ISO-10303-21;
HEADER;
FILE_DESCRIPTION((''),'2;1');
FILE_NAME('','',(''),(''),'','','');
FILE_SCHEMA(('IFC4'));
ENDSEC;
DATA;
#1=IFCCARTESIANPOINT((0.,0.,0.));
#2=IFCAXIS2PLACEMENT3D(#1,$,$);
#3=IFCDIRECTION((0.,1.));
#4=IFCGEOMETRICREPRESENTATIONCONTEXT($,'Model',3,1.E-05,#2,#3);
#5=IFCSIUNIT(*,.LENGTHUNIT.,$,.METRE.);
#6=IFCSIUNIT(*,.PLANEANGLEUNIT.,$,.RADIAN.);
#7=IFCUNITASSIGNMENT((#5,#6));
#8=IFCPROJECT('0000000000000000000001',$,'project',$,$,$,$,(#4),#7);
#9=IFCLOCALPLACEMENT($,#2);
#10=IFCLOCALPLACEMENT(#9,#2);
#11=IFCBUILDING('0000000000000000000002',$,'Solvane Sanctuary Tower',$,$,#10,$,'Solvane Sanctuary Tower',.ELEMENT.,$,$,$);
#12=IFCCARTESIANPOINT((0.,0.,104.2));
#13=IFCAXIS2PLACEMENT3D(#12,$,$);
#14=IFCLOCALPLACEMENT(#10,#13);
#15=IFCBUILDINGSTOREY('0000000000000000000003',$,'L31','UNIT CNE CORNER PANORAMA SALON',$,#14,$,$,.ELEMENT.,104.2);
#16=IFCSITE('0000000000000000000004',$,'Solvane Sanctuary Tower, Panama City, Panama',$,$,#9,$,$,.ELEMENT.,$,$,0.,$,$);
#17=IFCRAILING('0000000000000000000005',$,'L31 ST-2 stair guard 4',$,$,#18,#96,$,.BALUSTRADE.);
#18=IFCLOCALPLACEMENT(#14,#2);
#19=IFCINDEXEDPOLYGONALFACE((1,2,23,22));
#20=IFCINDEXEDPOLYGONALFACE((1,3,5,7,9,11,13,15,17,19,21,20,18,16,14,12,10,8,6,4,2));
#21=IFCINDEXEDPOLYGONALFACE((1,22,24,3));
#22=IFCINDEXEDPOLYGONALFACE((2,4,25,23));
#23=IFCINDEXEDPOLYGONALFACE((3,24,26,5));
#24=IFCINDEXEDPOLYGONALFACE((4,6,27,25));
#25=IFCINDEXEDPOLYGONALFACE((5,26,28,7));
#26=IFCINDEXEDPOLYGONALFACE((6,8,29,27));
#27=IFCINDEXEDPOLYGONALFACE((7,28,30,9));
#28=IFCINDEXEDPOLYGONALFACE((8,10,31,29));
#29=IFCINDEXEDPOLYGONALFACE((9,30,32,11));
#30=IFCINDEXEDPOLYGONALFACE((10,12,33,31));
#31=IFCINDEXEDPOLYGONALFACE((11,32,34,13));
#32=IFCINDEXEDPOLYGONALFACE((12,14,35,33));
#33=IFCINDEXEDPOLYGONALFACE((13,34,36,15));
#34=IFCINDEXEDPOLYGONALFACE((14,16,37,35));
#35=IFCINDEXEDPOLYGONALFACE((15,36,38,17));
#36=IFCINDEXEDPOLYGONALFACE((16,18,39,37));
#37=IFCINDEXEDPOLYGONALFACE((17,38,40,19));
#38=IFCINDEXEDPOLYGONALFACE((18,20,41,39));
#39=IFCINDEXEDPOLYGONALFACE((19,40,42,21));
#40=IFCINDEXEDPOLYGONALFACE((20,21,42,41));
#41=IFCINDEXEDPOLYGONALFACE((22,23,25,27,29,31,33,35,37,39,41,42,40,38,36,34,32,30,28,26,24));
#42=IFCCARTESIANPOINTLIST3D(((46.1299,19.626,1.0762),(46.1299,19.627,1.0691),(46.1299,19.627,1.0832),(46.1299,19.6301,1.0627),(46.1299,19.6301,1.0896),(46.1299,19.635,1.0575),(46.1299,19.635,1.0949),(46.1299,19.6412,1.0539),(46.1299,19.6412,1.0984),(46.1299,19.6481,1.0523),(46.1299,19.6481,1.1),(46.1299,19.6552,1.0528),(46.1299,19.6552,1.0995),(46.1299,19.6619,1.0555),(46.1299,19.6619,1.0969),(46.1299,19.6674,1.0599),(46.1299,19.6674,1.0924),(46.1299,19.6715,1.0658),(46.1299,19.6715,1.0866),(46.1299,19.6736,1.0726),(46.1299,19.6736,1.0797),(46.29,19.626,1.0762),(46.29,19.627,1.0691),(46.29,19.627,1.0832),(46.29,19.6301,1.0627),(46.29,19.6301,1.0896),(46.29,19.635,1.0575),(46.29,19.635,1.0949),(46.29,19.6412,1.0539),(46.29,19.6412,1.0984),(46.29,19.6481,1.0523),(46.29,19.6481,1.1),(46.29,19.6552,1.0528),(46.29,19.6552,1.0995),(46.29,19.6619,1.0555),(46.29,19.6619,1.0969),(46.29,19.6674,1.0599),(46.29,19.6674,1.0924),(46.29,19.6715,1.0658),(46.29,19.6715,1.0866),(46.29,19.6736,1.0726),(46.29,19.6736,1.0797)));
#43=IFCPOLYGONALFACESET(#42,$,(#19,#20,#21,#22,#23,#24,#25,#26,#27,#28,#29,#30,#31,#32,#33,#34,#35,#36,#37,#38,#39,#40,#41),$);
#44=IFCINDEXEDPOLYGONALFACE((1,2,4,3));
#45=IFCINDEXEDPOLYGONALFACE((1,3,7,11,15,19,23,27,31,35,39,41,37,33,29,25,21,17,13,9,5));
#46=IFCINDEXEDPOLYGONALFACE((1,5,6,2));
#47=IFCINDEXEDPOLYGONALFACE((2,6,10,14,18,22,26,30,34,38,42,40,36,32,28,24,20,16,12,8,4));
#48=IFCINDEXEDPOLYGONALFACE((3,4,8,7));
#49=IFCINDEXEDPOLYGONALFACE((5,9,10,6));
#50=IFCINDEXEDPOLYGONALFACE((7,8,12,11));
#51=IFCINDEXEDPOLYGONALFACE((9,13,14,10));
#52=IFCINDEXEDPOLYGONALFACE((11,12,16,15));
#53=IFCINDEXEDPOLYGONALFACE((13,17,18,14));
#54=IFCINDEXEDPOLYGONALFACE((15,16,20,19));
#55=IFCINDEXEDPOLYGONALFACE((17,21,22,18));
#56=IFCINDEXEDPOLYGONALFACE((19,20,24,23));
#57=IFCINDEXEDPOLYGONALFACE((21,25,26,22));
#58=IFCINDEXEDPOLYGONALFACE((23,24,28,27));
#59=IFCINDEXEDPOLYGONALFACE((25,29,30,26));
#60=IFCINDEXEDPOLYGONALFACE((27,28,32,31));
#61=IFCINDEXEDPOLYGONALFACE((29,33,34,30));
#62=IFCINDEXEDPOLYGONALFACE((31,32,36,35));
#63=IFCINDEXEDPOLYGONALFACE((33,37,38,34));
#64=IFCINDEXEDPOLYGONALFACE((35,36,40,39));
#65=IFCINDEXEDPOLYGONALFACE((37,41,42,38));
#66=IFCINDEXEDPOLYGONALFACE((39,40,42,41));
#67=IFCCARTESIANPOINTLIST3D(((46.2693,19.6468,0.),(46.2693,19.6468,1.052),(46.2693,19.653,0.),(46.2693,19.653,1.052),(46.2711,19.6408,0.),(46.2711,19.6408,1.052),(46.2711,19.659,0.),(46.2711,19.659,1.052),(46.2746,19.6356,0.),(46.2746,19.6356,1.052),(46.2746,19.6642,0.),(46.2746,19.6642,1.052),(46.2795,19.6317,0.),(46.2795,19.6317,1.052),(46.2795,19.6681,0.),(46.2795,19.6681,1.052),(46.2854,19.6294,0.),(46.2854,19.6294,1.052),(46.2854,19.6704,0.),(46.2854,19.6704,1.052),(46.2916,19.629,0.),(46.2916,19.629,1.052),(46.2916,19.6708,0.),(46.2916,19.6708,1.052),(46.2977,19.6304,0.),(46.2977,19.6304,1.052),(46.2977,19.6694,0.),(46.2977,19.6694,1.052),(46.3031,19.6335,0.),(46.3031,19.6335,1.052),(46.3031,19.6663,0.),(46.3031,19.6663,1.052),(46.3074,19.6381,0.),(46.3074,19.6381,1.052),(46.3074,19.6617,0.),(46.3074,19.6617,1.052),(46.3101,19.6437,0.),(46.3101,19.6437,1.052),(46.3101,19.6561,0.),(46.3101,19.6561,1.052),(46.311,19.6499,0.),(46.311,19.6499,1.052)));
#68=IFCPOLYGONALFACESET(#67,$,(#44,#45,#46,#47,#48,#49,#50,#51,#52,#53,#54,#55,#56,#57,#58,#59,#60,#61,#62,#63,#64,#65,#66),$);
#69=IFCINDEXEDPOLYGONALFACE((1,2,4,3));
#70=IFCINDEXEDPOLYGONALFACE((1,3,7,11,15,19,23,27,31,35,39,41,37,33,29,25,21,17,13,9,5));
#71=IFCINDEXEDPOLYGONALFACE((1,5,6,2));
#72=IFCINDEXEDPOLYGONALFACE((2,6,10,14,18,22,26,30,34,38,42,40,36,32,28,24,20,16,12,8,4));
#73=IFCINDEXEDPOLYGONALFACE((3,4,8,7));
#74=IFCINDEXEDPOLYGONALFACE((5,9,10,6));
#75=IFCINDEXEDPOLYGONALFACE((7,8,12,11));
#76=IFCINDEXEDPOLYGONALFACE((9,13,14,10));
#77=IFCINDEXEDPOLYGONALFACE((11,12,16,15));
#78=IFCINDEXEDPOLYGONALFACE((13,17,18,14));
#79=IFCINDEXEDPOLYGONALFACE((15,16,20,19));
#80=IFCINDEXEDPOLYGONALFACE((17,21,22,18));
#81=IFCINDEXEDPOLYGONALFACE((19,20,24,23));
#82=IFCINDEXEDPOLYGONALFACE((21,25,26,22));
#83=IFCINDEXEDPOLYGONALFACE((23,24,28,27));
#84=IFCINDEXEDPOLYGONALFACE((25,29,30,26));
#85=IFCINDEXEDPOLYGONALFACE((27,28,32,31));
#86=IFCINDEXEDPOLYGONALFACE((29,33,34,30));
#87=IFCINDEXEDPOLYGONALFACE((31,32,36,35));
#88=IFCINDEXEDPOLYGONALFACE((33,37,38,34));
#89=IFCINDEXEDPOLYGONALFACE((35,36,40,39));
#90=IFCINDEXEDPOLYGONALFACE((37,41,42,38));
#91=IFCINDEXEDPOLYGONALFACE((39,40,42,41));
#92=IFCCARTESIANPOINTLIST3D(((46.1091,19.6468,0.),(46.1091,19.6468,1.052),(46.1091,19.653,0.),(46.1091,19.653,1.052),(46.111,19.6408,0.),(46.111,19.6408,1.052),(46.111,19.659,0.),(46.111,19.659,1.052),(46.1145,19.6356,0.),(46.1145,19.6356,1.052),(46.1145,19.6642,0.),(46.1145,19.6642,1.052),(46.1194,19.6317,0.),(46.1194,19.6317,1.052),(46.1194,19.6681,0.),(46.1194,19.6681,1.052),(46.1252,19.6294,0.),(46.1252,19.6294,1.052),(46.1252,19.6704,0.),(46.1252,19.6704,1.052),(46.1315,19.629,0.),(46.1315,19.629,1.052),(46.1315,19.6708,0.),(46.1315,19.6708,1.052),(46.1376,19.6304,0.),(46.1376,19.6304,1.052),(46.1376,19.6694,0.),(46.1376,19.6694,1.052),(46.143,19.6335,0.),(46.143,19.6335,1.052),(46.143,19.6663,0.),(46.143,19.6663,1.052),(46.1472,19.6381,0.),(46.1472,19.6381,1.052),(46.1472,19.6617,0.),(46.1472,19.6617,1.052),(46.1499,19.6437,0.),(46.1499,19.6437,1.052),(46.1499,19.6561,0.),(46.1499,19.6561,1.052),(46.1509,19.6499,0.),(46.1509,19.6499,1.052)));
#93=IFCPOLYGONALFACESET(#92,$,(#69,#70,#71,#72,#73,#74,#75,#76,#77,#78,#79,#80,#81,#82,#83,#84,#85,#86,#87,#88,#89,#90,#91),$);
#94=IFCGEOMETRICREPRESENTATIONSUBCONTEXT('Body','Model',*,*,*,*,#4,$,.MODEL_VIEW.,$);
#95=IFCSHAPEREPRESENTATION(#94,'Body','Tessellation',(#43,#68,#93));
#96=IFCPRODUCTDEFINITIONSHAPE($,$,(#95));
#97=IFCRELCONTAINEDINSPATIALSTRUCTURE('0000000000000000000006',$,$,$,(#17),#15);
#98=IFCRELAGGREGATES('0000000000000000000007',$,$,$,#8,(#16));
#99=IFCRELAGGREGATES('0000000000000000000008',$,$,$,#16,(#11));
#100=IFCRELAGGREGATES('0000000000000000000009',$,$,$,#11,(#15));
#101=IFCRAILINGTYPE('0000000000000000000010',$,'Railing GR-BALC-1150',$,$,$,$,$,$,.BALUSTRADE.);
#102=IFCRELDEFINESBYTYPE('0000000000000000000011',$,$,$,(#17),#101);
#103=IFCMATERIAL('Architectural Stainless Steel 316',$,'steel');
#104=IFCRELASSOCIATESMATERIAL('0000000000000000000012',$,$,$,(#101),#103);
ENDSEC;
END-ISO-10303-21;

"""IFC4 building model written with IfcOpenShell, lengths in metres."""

from ifc_helpers import new_model, si_unit, direction, frame, origin, origin_2d, place, context, subcontext, project, spatial, circle, extrude, material, type_object, element, save


model = new_model("IFC4")

# Units and contexts
model_context = context("Model", 3, precision=1e-05, world=origin(), true_north=direction((0.0, 1.0)))
body_context = subcontext(model_context, "Body", "Model", "MODEL_VIEW")
ifc_project = project(units=[si_unit("LENGTHUNIT", "METRE"), si_unit("PLANEANGLEUNIT", "RADIAN")], contexts=[model_context])

# Site, building, storey
site_placement = place(None, origin())
site = spatial("IfcSite", under=ifc_project, at=site_placement, Name="Solvane Sanctuary Tower, Panama City, Panama", CompositionType="ELEMENT", RefElevation=0.0)
building_placement = place(site_placement, origin())
building = spatial("IfcBuilding", under=site, at=building_placement, Name="Solvane Sanctuary Tower", LongName="Solvane Sanctuary Tower", CompositionType="ELEMENT")
storey_placement = place(building_placement, frame((0.0, 0.0, 104.2)))
storey = spatial("IfcBuildingStorey", under=building, at=storey_placement, Name="L31", Description="UNIT CNE CORNER PANORAMA SALON", CompositionType="ELEMENT", Elevation=104.2)

# Railing
ifc_material_1 = material(Name="Architectural Stainless Steel 316", Category="steel")
railing_type_1 = type_object("IfcRailingType", Name="Railing GR-BALC-1150", PredefinedType="BALUSTRADE", material=ifc_material_1)
railing_1_placement = place(storey_placement, frame((46.29, 19.6499, 0.0)))
element("IfcRailing", 1, at=railing_1_placement, inside=storey, type_object=railing_type_1, Name="L31 ST-2 stair guard 4", PredefinedType="BALUSTRADE", context=body_context, shape_type="SweptSolid", body=[
    extrude(circle(Radius=0.0239, at=origin_2d()), frame((0.0, 0.0, 1.0762), z_axis=(-1.0, 0.0, 0.0), x_axis=(0.0, -1.0, 0.0)), (0.0, 0.0, 1.0), 0.1602),
    extrude(circle(Radius=0.021, at=origin_2d()), origin(), (0.0, 0.0, 1.0), 1.052),
    extrude(circle(Radius=0.021, at=origin_2d()), frame((-0.1602, 0.0, 0.0)), (0.0, 0.0, 1.0), 1.052),
])

save(model, "model.ifc")
